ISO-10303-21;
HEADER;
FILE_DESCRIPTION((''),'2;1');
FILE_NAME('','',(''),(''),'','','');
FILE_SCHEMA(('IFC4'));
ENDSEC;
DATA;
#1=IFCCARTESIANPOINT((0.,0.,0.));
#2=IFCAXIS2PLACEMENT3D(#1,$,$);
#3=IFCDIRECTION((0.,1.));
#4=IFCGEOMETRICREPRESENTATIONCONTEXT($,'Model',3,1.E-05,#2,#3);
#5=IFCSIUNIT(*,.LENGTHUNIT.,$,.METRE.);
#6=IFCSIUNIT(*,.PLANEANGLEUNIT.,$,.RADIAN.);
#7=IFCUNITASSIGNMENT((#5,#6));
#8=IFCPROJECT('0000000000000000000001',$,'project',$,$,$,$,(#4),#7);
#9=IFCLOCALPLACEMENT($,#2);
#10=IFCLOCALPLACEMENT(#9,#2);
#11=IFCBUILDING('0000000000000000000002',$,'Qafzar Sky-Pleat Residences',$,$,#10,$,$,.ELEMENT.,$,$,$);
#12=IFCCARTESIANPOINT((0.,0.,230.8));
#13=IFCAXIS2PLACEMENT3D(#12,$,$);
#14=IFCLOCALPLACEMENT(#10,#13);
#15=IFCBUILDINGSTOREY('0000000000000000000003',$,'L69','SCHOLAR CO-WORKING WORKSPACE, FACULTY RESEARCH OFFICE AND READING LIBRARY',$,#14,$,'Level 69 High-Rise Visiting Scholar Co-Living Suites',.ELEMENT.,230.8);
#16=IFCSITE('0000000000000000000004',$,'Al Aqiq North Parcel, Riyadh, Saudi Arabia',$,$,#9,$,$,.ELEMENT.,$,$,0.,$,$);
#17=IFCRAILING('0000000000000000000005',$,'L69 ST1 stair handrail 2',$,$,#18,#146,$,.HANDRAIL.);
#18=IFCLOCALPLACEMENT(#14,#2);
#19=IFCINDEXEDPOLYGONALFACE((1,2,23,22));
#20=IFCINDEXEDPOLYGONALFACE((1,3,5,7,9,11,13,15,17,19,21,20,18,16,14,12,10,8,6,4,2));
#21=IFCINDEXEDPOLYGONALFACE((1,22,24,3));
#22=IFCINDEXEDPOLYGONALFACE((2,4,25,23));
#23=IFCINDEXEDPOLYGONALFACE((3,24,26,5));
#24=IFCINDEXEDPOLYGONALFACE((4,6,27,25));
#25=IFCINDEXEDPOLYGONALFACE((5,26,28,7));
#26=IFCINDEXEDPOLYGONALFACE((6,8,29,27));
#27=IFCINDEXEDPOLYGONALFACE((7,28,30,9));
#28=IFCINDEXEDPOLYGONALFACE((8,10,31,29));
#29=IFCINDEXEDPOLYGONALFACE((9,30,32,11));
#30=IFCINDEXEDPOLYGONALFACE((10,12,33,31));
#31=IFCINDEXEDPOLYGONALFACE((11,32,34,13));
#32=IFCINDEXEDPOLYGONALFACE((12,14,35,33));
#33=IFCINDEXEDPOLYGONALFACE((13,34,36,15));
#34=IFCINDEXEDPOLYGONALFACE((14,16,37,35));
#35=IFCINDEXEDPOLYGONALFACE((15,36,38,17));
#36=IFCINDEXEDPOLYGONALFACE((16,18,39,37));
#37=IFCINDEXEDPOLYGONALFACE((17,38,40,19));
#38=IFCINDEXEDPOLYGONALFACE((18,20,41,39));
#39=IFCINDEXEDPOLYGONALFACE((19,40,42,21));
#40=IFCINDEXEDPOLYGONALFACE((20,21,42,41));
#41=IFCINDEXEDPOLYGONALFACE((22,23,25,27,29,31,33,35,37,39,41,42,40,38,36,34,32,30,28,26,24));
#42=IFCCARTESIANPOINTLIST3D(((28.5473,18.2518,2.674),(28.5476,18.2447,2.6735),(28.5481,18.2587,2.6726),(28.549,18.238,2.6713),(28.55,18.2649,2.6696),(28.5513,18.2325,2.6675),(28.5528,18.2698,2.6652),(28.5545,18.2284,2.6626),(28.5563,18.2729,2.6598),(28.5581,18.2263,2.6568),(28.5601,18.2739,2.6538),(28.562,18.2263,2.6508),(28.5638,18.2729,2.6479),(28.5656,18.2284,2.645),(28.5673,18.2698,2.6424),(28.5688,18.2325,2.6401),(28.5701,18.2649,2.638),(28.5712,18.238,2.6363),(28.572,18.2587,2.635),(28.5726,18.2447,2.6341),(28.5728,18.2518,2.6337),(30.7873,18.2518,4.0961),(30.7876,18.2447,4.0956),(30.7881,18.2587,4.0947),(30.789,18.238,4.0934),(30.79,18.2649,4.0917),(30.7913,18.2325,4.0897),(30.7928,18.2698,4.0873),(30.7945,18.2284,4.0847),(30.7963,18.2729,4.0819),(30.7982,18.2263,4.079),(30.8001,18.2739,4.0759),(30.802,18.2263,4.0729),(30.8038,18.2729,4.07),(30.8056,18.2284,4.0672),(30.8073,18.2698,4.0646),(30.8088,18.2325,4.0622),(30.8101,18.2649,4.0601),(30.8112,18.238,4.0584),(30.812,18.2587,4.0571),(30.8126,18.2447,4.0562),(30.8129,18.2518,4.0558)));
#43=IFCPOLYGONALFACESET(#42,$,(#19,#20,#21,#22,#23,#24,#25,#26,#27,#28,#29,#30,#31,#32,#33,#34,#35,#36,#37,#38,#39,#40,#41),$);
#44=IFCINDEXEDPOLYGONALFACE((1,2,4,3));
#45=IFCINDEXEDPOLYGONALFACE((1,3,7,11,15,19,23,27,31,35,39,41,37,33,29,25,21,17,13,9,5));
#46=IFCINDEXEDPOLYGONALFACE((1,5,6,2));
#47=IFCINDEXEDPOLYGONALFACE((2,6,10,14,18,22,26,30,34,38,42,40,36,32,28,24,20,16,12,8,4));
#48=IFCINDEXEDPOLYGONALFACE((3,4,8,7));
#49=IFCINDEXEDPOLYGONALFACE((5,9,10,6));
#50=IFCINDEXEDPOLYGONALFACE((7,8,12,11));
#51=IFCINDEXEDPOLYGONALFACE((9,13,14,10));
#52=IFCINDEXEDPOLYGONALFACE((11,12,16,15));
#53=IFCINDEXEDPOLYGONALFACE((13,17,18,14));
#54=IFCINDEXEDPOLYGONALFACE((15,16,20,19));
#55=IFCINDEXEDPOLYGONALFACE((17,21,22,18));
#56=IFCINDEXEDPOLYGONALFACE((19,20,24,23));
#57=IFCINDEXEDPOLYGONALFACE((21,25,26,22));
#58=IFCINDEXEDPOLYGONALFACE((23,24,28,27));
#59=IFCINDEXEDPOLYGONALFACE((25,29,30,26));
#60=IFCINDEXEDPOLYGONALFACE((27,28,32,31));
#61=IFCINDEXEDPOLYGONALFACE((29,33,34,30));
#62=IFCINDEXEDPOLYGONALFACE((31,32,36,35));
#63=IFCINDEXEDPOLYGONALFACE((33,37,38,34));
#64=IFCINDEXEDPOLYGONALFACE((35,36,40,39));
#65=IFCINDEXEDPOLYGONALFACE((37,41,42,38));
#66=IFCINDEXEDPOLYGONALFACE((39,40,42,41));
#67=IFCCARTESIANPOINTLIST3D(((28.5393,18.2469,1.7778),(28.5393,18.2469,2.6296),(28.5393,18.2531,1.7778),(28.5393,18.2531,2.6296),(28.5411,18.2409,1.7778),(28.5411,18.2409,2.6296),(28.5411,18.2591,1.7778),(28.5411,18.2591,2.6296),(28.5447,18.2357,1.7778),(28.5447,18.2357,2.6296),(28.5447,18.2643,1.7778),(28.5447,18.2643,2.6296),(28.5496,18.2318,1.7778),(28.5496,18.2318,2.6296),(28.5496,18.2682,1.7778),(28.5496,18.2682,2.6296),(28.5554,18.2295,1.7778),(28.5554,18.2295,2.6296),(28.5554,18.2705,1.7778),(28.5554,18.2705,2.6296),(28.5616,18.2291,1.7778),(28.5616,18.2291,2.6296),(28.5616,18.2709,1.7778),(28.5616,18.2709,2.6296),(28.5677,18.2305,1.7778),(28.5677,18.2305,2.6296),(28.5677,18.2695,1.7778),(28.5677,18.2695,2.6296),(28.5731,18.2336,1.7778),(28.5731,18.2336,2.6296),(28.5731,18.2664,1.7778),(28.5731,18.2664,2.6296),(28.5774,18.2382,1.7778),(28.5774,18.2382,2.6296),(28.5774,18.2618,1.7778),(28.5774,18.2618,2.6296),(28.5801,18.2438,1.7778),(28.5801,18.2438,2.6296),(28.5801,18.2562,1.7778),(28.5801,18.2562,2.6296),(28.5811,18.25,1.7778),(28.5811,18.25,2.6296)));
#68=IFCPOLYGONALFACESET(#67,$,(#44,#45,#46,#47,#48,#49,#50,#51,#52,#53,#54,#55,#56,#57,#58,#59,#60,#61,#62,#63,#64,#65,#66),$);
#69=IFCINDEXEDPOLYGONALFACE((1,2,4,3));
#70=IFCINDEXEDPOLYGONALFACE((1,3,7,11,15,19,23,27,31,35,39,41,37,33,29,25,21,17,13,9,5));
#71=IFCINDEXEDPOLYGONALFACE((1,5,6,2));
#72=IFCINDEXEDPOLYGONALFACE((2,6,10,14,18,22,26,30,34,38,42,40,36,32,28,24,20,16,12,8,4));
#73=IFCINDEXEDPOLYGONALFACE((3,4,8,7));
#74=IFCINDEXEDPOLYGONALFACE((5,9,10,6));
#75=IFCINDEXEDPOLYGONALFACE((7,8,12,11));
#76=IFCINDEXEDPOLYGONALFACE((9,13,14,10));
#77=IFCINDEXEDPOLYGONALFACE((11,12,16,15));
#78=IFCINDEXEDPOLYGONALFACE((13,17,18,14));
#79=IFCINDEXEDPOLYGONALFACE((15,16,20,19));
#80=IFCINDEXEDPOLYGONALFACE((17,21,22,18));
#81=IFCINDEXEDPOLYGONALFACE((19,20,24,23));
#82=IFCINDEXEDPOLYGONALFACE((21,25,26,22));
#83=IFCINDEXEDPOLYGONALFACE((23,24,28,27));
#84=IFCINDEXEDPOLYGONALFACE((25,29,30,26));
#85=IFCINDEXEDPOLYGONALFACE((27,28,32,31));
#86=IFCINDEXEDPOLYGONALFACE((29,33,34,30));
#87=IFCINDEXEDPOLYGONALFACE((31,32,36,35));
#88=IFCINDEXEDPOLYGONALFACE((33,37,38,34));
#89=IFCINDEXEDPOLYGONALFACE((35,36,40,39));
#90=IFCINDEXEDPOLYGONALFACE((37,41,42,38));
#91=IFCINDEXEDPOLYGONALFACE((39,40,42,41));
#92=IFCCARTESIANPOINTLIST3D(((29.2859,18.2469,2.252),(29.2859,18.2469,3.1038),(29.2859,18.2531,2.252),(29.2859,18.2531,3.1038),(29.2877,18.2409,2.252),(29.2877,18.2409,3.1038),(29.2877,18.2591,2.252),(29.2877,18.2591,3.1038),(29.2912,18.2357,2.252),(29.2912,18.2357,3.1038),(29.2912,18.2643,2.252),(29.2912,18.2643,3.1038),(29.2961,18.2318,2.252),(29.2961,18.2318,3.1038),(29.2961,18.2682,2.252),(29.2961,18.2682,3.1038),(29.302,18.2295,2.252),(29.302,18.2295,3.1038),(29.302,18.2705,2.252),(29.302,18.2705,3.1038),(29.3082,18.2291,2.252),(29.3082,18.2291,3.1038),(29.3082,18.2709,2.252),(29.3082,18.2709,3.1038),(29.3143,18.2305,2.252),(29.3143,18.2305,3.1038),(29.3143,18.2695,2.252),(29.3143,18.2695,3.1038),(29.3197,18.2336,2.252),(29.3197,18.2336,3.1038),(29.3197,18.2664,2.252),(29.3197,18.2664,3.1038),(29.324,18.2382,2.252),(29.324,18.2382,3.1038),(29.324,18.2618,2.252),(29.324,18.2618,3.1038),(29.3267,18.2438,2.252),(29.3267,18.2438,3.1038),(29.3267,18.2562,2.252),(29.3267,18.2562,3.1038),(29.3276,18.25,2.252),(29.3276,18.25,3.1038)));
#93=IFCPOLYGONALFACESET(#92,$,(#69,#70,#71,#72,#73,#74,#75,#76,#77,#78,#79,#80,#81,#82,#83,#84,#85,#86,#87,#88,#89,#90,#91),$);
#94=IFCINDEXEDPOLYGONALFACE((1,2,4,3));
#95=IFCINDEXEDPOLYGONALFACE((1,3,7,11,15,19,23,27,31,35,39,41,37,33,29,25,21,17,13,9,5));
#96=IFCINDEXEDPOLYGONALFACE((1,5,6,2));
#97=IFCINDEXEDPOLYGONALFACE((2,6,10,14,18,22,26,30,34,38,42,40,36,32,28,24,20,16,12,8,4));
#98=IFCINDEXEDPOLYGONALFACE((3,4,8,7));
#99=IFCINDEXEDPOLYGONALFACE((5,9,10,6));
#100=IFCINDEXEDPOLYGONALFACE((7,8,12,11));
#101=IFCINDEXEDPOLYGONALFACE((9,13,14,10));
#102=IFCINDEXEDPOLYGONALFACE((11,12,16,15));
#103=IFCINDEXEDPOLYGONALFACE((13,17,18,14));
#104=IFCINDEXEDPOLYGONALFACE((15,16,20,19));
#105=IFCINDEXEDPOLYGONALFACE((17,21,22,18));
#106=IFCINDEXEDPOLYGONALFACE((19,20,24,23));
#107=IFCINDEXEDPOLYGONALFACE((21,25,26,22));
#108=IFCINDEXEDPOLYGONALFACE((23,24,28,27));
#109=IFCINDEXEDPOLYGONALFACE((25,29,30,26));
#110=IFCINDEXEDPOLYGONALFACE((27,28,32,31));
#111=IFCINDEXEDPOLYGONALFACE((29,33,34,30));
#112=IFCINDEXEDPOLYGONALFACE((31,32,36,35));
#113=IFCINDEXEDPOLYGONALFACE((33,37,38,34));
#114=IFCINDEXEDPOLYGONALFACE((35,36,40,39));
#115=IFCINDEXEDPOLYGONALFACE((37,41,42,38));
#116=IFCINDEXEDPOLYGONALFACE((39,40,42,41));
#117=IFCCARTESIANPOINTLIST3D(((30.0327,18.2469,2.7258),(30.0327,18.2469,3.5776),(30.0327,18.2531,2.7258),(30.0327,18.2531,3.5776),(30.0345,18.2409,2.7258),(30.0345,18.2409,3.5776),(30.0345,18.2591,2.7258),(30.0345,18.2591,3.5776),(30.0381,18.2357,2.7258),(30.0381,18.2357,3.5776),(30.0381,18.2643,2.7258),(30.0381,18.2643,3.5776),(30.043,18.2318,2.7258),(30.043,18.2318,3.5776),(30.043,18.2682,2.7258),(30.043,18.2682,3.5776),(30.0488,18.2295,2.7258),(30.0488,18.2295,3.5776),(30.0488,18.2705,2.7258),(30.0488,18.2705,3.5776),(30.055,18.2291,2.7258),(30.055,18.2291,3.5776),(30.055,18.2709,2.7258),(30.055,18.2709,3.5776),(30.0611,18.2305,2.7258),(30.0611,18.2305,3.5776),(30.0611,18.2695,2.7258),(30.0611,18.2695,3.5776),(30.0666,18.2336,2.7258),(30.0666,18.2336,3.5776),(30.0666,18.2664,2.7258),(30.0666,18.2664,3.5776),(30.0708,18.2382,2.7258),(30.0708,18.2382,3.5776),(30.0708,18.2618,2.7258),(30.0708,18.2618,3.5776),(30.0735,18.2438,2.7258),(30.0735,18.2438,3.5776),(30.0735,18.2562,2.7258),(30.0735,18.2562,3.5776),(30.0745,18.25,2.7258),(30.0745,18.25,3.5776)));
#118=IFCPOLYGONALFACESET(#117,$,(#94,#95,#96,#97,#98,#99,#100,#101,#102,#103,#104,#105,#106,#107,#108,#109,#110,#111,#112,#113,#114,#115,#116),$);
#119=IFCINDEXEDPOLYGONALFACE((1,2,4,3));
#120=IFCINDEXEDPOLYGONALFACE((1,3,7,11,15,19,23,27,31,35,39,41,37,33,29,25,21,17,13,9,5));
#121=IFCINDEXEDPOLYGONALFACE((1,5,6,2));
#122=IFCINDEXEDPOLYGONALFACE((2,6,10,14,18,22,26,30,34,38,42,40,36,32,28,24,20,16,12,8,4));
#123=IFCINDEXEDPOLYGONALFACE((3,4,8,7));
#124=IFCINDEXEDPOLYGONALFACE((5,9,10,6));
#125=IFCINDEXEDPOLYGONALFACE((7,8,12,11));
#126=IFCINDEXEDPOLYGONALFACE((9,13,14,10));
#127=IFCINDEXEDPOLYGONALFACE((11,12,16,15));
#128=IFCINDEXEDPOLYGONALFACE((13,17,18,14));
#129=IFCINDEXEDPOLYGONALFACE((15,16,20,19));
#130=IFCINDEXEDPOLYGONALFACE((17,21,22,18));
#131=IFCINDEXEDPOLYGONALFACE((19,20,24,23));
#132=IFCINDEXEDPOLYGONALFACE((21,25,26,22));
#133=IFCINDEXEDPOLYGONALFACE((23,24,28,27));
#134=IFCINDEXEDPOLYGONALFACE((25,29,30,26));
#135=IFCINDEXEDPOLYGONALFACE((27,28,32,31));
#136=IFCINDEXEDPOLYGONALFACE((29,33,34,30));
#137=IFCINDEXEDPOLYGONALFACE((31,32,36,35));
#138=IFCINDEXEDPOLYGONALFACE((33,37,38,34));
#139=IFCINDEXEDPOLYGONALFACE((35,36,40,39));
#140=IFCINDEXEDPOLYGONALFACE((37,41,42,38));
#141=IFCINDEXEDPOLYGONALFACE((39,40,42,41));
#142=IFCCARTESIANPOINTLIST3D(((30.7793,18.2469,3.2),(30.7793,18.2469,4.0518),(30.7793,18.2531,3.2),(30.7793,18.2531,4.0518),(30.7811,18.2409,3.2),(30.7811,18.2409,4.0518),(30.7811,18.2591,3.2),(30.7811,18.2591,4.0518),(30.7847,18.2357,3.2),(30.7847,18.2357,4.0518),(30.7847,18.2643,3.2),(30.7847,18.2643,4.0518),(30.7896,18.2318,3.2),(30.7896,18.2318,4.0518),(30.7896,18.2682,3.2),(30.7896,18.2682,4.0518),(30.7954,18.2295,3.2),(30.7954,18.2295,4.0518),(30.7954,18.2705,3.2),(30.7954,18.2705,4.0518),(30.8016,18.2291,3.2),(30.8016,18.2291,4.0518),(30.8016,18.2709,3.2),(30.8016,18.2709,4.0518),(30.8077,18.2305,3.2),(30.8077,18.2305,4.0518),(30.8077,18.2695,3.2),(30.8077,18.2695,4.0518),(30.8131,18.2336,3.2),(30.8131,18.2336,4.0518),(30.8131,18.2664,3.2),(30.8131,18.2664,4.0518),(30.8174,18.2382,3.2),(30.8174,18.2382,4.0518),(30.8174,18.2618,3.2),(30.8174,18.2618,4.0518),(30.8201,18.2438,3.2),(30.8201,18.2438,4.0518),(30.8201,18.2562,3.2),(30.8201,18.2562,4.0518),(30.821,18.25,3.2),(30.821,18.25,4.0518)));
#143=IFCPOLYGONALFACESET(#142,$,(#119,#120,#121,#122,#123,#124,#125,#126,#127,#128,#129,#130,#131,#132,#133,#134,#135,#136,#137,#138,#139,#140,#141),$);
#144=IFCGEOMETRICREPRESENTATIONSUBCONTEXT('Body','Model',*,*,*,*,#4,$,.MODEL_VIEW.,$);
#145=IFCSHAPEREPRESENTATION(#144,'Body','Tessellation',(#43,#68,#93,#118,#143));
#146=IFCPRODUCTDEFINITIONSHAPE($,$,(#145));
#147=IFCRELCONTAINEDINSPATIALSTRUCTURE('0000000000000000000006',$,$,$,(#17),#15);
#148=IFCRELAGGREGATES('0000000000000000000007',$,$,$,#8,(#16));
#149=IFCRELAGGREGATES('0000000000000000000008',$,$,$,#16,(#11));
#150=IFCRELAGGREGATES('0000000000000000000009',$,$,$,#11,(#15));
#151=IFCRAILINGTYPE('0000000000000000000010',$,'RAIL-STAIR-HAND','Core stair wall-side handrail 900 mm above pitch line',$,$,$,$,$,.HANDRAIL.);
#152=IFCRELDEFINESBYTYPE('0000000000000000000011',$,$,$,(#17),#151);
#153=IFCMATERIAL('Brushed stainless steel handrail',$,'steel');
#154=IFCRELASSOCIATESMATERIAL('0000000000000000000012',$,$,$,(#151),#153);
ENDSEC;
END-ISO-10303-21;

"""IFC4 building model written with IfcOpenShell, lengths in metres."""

from ifc_helpers import new_model, si_unit, direction, frame, origin, origin_2d, place, context, subcontext, project, spatial, circle, extrude, source, transform, mapped, material, type_object, element, save


model = new_model("IFC4")

# Units and contexts
model_context = context("Model", 3, precision=1e-05, world=origin(), true_north=direction((0.0, 1.0)))
body_context = subcontext(model_context, "Body", "Model", "MODEL_VIEW")
ifc_project = project(units=[si_unit("LENGTHUNIT", "METRE"), si_unit("PLANEANGLEUNIT", "RADIAN")], contexts=[model_context])

# Site, building, storey
site_placement = place(None, origin())
site = spatial("IfcSite", under=ifc_project, at=site_placement, Name="Al Aqiq North Parcel, Riyadh, Saudi Arabia", CompositionType="ELEMENT", RefElevation=0.0)
building_placement = place(site_placement, origin())
building = spatial("IfcBuilding", under=site, at=building_placement, Name="Qafzar Sky-Pleat Residences", CompositionType="ELEMENT")
storey_placement = place(building_placement, frame((0.0, 0.0, 230.8)))
storey = spatial("IfcBuildingStorey", under=building, at=storey_placement, Name="L69", Description="SCHOLAR CO-WORKING WORKSPACE, FACULTY RESEARCH OFFICE AND READING LIBRARY", LongName="Level 69 High-Rise Visiting Scholar Co-Living Suites", CompositionType="ELEMENT", Elevation=230.8)

# Railing
ifc_material_1 = material(Name="Brushed stainless steel handrail", Category="steel")
railing_type_1 = type_object("IfcRailingType", Name="RAIL-STAIR-HAND", Description="Core stair wall-side handrail 900 mm above pitch line", PredefinedType="HANDRAIL", material=ifc_material_1)
shared_shape_1 = source(origin(), body_context, "Body", "SweptSolid", [
    extrude(circle(Radius=0.0239, at=origin_2d()), frame((0.0, 0.0, 0.876), z_axis=(0.844229, 0.0, 0.535982), x_axis=(0.0, 1.0, 0.0)), (0.0, 0.0, 1.0), 2.6533),
    extrude(circle(Radius=0.021, at=origin_2d()), origin(), (0.0, 0.0, 1.0), 0.8518),
    extrude(circle(Radius=0.021, at=origin_2d()), frame((0.7466, 0.0, 0.4741)), (0.0, 0.0, 1.0), 0.8518),
    extrude(circle(Radius=0.021, at=origin_2d()), frame((1.4934, 0.0, 0.948)), (0.0, 0.0, 1.0), 0.8518),
    extrude(circle(Radius=0.021, at=origin_2d()), frame((2.24, 0.0, 1.4221)), (0.0, 0.0, 1.0), 0.8518),
])
railing_1_placement = place(storey_placement, frame((28.5601, 18.25, 1.7778)))
element("IfcRailing", 1, at=railing_1_placement, inside=storey, type_object=railing_type_1, Name="L69 ST1 stair handrail 2", PredefinedType="HANDRAIL", context=body_context, shape_type="MappedRepresentation", body=[
    mapped(shared_shape_1, transform((0.0, 0.0, 0.0), x_axis=(1.0, 0.0, 0.0), y_axis=(0.0, 1.0, 0.0), z_axis=(0.0, 0.0, 1.0), scale=1.0)),
])

save(model, "model.ifc")
